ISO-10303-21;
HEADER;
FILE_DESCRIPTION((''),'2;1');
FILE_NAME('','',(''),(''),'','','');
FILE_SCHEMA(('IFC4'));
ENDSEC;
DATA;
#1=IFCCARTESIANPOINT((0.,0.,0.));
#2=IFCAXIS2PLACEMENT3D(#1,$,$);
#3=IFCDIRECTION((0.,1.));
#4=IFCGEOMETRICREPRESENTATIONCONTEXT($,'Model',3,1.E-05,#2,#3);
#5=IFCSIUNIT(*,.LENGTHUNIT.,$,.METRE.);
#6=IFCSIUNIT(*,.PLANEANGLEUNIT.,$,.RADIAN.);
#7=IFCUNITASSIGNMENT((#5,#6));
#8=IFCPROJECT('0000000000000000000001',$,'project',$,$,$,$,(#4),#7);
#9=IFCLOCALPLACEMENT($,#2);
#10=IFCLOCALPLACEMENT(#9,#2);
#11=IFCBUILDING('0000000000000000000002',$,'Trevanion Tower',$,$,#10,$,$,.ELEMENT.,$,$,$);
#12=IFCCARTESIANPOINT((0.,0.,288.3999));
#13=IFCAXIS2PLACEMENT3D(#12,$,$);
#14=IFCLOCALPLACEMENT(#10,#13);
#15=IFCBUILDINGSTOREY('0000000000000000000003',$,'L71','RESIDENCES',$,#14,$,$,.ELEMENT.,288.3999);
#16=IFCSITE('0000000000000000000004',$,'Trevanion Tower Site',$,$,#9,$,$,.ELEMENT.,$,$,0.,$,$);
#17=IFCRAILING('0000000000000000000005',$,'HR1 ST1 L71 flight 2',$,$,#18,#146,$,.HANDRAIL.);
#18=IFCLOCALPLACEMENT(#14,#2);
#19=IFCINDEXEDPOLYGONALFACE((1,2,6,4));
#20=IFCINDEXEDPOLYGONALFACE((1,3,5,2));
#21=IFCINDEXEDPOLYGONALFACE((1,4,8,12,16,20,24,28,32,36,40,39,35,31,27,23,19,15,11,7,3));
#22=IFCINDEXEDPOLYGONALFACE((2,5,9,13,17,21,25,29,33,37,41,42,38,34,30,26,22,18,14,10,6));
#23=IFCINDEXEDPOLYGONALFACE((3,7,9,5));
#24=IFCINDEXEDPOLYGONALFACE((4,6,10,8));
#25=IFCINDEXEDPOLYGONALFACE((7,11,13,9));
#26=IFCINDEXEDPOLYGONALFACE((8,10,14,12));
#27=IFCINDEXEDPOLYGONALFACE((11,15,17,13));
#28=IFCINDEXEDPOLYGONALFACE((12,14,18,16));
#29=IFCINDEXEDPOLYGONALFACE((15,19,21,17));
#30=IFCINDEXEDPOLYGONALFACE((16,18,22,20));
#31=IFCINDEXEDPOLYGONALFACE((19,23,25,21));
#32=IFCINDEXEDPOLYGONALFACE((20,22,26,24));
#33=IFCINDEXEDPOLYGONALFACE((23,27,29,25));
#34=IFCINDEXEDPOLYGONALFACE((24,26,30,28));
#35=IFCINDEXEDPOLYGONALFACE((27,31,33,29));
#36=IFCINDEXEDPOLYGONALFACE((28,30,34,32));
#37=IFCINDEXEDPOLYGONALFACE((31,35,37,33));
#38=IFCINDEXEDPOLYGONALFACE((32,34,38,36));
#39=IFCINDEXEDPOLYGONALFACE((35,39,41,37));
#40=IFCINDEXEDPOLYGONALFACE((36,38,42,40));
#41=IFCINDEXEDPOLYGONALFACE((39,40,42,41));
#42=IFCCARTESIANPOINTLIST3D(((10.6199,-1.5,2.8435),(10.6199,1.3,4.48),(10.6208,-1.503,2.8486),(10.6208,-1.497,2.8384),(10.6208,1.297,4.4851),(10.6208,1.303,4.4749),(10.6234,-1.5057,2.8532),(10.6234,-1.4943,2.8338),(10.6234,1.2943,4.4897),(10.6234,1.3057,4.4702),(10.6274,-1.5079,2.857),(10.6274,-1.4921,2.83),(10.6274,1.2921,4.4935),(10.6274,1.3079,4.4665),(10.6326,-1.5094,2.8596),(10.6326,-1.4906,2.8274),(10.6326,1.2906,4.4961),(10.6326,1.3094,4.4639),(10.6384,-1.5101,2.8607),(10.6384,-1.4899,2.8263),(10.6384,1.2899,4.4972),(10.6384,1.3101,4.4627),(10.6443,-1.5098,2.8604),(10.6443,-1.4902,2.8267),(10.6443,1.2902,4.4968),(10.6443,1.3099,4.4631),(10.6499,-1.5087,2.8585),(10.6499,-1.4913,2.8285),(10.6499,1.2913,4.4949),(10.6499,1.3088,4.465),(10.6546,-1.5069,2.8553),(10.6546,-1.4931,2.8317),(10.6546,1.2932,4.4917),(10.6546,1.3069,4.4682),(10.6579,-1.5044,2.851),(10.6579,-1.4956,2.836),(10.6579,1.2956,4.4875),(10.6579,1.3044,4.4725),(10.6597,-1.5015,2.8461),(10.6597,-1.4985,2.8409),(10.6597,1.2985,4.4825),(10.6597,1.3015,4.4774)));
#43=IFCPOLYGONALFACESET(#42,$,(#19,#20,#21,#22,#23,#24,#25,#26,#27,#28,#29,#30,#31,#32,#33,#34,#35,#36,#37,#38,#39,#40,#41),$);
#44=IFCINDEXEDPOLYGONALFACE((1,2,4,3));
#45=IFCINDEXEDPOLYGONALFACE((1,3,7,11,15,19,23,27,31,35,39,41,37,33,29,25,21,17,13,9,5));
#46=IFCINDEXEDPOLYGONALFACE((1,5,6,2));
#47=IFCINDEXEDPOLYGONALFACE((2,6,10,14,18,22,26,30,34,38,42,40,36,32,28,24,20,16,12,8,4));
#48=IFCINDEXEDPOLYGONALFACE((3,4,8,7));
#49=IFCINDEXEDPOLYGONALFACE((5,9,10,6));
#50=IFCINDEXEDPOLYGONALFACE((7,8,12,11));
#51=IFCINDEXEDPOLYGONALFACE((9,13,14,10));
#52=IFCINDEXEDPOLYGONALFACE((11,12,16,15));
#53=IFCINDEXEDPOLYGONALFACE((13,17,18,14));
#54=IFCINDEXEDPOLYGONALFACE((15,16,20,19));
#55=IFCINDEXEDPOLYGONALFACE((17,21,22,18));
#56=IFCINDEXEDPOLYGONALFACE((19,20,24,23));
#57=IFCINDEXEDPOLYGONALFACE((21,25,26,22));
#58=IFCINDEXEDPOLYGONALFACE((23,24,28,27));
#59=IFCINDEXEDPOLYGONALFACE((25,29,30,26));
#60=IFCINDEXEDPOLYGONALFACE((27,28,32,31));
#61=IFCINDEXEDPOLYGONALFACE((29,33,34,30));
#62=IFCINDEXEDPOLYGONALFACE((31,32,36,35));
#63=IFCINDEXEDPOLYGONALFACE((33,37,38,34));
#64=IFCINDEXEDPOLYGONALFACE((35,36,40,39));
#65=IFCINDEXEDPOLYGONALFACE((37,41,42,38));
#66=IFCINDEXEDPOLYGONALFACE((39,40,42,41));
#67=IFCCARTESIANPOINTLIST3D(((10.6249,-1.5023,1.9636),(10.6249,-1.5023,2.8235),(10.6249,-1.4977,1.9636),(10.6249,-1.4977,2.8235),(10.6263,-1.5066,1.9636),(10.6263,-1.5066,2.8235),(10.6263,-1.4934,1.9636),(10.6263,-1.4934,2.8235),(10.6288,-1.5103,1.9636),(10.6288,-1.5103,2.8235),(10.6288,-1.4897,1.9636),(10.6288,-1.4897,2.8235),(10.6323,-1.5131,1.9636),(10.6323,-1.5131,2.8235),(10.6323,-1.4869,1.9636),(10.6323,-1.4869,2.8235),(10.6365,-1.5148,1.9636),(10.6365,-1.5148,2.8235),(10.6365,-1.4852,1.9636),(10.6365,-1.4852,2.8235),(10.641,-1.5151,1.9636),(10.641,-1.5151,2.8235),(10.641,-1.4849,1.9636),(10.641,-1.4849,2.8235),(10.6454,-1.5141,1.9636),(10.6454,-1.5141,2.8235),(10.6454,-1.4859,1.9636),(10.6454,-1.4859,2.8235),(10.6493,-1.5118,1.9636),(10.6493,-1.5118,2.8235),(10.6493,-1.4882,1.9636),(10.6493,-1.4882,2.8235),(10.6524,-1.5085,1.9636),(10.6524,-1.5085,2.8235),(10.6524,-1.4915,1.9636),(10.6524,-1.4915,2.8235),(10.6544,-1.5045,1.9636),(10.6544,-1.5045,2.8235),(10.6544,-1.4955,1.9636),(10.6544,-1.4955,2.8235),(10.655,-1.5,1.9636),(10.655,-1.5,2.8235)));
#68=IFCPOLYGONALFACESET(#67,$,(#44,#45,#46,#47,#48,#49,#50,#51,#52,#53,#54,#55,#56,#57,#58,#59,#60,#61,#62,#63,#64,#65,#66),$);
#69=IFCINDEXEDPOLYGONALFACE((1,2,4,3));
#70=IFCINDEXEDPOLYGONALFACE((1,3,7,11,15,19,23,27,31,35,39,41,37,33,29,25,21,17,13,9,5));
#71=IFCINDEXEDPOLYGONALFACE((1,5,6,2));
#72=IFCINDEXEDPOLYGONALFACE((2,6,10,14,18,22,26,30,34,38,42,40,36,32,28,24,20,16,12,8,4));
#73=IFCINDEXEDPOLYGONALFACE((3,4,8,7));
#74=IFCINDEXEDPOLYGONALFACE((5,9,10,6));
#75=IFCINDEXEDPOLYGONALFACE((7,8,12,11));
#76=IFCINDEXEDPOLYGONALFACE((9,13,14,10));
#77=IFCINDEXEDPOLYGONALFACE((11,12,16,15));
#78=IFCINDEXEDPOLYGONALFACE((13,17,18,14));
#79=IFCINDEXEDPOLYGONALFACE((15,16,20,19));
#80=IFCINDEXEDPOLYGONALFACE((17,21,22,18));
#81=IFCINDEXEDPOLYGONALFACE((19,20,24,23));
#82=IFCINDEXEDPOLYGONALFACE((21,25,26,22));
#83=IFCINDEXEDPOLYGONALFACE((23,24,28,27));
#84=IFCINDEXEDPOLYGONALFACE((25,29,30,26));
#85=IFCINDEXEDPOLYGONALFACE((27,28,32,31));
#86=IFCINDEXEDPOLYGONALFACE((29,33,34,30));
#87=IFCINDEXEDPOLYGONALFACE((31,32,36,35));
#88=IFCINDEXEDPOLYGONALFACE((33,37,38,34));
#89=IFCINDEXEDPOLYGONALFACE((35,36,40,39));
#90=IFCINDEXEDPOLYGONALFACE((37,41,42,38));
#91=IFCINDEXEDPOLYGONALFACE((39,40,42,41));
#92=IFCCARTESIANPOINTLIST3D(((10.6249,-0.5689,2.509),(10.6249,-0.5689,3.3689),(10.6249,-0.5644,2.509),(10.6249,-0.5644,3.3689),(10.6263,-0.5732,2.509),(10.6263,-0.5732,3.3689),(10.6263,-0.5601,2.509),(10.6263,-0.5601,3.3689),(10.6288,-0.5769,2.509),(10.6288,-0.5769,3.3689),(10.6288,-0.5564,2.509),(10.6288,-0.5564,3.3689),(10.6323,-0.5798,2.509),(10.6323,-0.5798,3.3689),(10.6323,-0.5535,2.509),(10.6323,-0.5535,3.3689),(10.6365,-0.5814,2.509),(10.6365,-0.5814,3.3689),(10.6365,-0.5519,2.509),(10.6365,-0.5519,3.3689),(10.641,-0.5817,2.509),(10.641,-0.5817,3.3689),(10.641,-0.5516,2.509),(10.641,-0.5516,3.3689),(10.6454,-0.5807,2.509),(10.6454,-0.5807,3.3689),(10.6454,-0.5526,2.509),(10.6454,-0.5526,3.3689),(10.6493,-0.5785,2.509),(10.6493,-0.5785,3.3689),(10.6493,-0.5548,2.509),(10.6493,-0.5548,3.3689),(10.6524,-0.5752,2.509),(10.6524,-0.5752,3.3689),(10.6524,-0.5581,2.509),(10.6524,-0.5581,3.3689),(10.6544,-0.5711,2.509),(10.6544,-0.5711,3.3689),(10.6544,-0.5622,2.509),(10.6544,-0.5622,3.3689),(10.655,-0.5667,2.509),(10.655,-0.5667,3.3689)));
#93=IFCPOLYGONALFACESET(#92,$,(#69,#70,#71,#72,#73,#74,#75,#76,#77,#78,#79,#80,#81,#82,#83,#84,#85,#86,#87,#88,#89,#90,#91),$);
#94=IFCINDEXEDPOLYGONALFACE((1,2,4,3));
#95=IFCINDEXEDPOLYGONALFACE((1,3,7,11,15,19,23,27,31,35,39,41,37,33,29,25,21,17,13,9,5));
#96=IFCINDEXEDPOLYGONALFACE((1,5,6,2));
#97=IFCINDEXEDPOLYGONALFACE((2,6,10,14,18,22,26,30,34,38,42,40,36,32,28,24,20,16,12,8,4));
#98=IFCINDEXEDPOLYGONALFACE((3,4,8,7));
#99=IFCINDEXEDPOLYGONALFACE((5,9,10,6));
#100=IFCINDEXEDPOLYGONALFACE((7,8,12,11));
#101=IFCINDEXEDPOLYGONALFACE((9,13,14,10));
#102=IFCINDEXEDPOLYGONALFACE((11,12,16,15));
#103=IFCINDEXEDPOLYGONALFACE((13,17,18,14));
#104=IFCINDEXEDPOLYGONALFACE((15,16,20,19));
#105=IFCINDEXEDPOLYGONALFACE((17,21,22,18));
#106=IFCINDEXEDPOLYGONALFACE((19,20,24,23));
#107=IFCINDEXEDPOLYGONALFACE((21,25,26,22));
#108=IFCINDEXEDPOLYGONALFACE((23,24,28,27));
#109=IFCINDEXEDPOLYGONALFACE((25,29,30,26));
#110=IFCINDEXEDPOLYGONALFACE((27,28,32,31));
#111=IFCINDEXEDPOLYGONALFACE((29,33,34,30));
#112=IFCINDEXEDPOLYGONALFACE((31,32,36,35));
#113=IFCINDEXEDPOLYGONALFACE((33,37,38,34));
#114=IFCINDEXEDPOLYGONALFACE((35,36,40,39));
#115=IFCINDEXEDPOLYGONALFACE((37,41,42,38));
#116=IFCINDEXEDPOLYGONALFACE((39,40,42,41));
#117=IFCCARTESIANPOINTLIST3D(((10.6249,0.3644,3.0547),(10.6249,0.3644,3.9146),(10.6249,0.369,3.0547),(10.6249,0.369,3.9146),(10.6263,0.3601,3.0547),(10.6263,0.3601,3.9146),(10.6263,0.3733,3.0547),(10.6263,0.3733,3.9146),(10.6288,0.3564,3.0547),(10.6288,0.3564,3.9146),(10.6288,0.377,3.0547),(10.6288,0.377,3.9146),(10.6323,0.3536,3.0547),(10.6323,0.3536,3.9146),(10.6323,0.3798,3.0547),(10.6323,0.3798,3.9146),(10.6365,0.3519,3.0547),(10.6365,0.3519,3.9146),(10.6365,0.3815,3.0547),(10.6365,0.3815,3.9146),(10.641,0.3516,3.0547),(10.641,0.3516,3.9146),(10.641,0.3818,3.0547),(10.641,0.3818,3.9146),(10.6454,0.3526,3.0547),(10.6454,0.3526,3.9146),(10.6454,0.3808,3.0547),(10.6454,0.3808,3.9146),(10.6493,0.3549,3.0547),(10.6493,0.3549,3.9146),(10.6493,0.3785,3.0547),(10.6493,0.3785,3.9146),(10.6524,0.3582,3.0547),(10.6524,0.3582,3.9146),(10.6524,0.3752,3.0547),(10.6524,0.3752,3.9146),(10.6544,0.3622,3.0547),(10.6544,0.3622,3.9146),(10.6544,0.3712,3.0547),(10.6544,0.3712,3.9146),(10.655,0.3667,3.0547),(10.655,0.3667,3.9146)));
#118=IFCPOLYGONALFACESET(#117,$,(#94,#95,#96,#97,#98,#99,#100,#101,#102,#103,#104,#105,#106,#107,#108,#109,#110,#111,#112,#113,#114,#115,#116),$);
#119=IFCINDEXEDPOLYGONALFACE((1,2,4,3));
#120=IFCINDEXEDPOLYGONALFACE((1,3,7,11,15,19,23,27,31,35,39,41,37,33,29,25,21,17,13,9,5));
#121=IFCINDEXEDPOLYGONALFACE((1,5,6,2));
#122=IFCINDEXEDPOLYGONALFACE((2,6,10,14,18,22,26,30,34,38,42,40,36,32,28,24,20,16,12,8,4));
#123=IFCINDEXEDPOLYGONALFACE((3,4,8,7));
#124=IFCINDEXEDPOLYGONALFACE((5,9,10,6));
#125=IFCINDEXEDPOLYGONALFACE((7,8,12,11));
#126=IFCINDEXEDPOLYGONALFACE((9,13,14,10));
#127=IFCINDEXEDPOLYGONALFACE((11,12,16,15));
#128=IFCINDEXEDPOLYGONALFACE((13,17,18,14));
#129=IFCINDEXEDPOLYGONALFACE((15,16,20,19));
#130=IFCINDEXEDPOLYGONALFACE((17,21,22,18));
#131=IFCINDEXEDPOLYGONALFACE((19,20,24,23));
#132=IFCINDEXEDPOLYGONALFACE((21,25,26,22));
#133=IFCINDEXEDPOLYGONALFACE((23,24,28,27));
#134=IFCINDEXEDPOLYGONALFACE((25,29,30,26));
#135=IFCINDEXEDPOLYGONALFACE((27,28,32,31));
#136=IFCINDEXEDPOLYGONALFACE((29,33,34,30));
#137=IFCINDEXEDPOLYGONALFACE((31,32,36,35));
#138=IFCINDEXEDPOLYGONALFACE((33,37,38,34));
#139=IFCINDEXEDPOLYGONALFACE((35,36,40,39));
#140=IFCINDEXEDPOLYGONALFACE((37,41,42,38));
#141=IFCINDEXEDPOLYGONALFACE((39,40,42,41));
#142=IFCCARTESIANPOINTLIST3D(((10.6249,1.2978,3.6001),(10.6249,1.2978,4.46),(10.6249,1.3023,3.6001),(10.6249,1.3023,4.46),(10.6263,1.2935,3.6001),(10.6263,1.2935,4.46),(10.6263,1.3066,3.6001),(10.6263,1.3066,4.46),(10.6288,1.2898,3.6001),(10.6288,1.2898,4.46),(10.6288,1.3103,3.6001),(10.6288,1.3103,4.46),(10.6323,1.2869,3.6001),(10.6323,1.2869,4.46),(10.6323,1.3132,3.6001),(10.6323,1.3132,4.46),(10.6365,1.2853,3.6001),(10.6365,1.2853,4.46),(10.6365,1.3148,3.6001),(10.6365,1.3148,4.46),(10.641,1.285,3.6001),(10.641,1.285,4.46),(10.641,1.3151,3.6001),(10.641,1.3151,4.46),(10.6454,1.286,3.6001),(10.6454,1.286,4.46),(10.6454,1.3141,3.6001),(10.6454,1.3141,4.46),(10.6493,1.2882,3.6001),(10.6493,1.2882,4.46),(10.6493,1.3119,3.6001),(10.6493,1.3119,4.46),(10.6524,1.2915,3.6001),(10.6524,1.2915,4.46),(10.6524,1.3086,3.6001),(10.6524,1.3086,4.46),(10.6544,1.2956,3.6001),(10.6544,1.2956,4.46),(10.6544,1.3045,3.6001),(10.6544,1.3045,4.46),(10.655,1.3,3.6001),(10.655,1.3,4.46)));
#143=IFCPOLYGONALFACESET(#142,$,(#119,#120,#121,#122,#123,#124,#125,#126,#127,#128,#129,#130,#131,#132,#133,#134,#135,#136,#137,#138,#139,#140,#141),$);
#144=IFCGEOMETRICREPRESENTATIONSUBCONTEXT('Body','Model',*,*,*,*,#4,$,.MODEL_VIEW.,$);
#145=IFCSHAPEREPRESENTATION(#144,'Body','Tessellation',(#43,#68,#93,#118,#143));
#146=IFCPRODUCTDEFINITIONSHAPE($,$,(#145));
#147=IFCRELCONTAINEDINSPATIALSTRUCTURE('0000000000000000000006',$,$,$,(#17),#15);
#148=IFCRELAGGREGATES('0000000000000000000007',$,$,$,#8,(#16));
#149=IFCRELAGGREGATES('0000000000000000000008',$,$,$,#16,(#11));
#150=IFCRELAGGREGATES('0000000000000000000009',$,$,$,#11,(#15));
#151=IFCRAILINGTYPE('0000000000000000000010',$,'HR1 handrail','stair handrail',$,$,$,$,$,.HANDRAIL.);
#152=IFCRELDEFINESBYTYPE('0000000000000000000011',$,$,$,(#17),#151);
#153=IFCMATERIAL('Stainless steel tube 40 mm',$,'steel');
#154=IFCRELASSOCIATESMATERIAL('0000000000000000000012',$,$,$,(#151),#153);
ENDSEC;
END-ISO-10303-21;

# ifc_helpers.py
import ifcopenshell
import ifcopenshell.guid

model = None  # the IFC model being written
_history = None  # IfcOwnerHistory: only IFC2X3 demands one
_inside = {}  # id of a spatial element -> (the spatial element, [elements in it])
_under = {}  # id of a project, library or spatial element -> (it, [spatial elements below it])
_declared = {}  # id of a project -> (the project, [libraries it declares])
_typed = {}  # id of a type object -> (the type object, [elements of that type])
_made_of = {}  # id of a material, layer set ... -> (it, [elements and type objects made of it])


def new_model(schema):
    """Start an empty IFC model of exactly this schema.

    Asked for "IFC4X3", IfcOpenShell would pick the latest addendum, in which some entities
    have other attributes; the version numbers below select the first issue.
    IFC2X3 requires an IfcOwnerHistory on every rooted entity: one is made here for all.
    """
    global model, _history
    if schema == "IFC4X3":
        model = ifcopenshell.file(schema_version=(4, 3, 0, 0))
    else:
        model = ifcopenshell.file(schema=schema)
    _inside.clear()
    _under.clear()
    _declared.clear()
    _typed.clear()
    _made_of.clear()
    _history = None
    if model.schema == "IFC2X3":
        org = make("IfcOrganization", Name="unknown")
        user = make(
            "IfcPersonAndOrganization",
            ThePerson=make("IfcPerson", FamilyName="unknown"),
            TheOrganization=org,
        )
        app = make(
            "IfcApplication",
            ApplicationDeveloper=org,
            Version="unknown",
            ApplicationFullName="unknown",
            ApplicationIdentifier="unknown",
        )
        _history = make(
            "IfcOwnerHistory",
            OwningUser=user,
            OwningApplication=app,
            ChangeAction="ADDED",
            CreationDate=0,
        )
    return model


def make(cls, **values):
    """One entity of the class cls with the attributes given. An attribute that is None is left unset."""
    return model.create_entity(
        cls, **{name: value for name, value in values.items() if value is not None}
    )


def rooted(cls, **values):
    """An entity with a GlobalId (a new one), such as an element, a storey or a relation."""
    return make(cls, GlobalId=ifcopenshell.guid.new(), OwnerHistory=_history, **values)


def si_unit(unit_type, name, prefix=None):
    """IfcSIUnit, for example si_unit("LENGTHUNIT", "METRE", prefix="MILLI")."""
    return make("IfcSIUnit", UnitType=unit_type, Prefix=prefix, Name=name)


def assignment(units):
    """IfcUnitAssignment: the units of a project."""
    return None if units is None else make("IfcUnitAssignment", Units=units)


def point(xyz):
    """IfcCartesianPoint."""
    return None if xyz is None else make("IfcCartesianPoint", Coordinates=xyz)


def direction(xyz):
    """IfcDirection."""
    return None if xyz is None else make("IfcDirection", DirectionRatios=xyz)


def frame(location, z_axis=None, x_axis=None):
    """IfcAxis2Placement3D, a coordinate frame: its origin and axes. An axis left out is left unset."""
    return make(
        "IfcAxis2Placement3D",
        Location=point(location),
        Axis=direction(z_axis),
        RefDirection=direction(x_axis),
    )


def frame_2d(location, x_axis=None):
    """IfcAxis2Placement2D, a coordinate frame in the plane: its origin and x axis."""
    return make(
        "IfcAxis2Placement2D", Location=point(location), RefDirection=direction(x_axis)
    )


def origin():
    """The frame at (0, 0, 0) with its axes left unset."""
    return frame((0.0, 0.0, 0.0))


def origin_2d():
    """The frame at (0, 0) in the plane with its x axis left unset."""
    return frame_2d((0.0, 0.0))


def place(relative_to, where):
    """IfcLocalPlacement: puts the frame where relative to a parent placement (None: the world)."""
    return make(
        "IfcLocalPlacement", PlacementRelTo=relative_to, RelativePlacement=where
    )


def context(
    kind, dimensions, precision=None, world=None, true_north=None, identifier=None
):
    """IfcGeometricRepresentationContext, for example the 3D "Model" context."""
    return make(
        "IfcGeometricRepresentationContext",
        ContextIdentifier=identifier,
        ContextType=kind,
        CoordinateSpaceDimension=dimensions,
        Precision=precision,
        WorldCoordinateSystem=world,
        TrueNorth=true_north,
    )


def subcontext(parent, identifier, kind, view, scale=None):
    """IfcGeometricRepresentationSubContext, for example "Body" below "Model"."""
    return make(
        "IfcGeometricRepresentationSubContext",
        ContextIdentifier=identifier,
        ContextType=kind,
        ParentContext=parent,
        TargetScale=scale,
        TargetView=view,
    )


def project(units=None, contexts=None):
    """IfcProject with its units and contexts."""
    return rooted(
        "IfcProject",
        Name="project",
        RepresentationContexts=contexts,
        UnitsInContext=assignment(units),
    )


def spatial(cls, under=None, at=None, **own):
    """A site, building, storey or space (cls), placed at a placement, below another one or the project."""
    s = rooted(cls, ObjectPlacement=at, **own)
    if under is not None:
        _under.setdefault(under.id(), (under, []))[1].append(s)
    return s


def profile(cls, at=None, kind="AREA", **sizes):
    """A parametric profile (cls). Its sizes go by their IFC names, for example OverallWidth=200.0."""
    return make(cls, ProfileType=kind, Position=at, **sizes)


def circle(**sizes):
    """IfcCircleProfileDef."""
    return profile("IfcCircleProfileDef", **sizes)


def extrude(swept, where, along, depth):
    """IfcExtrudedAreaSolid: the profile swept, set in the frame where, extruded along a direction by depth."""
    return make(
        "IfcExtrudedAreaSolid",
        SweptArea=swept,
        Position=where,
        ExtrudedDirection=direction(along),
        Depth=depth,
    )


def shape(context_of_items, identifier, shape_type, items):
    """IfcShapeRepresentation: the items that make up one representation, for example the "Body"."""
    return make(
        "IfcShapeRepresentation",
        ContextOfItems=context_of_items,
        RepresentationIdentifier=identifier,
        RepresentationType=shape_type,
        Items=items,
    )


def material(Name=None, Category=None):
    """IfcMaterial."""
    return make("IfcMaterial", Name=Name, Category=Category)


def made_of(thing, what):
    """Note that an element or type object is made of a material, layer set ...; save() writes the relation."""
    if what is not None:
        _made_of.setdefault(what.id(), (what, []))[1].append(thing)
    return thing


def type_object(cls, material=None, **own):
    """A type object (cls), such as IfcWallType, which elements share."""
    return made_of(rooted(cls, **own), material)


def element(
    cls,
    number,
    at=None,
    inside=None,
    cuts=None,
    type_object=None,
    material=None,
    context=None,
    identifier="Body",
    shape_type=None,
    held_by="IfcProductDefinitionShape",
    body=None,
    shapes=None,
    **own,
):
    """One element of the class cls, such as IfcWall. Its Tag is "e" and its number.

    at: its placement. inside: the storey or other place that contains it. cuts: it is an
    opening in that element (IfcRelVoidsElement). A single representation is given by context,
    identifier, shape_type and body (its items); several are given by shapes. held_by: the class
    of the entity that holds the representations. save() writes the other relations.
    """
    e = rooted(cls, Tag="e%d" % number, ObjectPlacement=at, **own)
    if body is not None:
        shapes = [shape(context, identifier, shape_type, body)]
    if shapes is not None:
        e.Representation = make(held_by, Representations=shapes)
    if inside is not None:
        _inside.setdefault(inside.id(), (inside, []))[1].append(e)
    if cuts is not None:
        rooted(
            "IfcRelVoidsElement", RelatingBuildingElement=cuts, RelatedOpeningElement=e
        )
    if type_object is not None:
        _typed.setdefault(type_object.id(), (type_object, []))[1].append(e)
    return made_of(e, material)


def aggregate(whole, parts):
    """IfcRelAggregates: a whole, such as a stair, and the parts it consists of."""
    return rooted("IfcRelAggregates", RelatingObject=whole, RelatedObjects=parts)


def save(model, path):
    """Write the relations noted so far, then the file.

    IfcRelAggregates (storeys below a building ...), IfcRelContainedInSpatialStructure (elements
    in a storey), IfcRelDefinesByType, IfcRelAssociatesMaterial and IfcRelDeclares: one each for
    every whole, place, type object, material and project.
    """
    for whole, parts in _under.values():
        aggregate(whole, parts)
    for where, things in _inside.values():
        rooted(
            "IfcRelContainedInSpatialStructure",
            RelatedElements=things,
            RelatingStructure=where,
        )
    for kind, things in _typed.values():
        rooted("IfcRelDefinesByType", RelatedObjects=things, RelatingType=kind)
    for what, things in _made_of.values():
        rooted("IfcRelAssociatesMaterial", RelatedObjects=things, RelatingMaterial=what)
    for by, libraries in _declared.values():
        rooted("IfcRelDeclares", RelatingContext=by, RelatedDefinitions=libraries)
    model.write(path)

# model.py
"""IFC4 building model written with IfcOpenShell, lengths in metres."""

from ifc_helpers import new_model, si_unit, direction, frame, origin, origin_2d, place, context, subcontext, project, spatial, circle, extrude, material, type_object, element, save


model = new_model("IFC4")

# Units and contexts
model_context = context("Model", 3, precision=1e-05, world=origin(), true_north=direction((0.0, 1.0)))
body_context = subcontext(model_context, "Body", "Model", "MODEL_VIEW")
ifc_project = project(units=[si_unit("LENGTHUNIT", "METRE"), si_unit("PLANEANGLEUNIT", "RADIAN")], contexts=[model_context])

# Site, building, storey
site_placement = place(None, origin())
site = spatial("IfcSite", under=ifc_project, at=site_placement, Name="Trevanion Tower Site", CompositionType="ELEMENT", RefElevation=0.0)
building_placement = place(site_placement, origin())
building = spatial("IfcBuilding", under=site, at=building_placement, Name="Trevanion Tower", CompositionType="ELEMENT")
storey_placement = place(building_placement, frame((0.0, 0.0, 288.3999)))
storey = spatial("IfcBuildingStorey", under=building, at=storey_placement, Name="L71", Description="RESIDENCES", CompositionType="ELEMENT", Elevation=288.3999)

# Railing
ifc_material_1 = material(Name="Stainless steel tube 40 mm", Category="steel")
railing_type = type_object("IfcRailingType", Name="HR1 handrail", Description="stair handrail", PredefinedType="HANDRAIL", material=ifc_material_1)
for number, where, name in (
    (1, (10.6399, -1.5, 1.9636), "HR1 ST1 L71 flight 2"),
):
    element("IfcRailing", number, at=place(storey_placement, frame(where)), inside=storey, type_object=railing_type, Name=name, PredefinedType="HANDRAIL", context=body_context, shape_type="SweptSolid", body=[
        extrude(circle(Radius=0.02, at=origin_2d()), frame((0.0, 0.0, 0.8799), z_axis=(0.0, 0.863361, 0.504587), x_axis=(-1.0, 0.0, 0.0)), (0.0, 0.0, 1.0), 3.2432),
        extrude(circle(Radius=0.0151, at=origin_2d()), origin(), (0.0, 0.0, 1.0), 0.8599),
        extrude(circle(Radius=0.0151, at=origin_2d()), frame((0.0, 0.9333, 0.5454)), (0.0, 0.0, 1.0), 0.8599),
        extrude(circle(Radius=0.0151, at=origin_2d()), frame((0.0, 1.8667, 1.0911)), (0.0, 0.0, 1.0), 0.8599),
        extrude(circle(Radius=0.0151, at=origin_2d()), frame((0.0, 2.8, 1.6365)), (0.0, 0.0, 1.0), 0.8599),
    ])

save(model, "model.ifc")
